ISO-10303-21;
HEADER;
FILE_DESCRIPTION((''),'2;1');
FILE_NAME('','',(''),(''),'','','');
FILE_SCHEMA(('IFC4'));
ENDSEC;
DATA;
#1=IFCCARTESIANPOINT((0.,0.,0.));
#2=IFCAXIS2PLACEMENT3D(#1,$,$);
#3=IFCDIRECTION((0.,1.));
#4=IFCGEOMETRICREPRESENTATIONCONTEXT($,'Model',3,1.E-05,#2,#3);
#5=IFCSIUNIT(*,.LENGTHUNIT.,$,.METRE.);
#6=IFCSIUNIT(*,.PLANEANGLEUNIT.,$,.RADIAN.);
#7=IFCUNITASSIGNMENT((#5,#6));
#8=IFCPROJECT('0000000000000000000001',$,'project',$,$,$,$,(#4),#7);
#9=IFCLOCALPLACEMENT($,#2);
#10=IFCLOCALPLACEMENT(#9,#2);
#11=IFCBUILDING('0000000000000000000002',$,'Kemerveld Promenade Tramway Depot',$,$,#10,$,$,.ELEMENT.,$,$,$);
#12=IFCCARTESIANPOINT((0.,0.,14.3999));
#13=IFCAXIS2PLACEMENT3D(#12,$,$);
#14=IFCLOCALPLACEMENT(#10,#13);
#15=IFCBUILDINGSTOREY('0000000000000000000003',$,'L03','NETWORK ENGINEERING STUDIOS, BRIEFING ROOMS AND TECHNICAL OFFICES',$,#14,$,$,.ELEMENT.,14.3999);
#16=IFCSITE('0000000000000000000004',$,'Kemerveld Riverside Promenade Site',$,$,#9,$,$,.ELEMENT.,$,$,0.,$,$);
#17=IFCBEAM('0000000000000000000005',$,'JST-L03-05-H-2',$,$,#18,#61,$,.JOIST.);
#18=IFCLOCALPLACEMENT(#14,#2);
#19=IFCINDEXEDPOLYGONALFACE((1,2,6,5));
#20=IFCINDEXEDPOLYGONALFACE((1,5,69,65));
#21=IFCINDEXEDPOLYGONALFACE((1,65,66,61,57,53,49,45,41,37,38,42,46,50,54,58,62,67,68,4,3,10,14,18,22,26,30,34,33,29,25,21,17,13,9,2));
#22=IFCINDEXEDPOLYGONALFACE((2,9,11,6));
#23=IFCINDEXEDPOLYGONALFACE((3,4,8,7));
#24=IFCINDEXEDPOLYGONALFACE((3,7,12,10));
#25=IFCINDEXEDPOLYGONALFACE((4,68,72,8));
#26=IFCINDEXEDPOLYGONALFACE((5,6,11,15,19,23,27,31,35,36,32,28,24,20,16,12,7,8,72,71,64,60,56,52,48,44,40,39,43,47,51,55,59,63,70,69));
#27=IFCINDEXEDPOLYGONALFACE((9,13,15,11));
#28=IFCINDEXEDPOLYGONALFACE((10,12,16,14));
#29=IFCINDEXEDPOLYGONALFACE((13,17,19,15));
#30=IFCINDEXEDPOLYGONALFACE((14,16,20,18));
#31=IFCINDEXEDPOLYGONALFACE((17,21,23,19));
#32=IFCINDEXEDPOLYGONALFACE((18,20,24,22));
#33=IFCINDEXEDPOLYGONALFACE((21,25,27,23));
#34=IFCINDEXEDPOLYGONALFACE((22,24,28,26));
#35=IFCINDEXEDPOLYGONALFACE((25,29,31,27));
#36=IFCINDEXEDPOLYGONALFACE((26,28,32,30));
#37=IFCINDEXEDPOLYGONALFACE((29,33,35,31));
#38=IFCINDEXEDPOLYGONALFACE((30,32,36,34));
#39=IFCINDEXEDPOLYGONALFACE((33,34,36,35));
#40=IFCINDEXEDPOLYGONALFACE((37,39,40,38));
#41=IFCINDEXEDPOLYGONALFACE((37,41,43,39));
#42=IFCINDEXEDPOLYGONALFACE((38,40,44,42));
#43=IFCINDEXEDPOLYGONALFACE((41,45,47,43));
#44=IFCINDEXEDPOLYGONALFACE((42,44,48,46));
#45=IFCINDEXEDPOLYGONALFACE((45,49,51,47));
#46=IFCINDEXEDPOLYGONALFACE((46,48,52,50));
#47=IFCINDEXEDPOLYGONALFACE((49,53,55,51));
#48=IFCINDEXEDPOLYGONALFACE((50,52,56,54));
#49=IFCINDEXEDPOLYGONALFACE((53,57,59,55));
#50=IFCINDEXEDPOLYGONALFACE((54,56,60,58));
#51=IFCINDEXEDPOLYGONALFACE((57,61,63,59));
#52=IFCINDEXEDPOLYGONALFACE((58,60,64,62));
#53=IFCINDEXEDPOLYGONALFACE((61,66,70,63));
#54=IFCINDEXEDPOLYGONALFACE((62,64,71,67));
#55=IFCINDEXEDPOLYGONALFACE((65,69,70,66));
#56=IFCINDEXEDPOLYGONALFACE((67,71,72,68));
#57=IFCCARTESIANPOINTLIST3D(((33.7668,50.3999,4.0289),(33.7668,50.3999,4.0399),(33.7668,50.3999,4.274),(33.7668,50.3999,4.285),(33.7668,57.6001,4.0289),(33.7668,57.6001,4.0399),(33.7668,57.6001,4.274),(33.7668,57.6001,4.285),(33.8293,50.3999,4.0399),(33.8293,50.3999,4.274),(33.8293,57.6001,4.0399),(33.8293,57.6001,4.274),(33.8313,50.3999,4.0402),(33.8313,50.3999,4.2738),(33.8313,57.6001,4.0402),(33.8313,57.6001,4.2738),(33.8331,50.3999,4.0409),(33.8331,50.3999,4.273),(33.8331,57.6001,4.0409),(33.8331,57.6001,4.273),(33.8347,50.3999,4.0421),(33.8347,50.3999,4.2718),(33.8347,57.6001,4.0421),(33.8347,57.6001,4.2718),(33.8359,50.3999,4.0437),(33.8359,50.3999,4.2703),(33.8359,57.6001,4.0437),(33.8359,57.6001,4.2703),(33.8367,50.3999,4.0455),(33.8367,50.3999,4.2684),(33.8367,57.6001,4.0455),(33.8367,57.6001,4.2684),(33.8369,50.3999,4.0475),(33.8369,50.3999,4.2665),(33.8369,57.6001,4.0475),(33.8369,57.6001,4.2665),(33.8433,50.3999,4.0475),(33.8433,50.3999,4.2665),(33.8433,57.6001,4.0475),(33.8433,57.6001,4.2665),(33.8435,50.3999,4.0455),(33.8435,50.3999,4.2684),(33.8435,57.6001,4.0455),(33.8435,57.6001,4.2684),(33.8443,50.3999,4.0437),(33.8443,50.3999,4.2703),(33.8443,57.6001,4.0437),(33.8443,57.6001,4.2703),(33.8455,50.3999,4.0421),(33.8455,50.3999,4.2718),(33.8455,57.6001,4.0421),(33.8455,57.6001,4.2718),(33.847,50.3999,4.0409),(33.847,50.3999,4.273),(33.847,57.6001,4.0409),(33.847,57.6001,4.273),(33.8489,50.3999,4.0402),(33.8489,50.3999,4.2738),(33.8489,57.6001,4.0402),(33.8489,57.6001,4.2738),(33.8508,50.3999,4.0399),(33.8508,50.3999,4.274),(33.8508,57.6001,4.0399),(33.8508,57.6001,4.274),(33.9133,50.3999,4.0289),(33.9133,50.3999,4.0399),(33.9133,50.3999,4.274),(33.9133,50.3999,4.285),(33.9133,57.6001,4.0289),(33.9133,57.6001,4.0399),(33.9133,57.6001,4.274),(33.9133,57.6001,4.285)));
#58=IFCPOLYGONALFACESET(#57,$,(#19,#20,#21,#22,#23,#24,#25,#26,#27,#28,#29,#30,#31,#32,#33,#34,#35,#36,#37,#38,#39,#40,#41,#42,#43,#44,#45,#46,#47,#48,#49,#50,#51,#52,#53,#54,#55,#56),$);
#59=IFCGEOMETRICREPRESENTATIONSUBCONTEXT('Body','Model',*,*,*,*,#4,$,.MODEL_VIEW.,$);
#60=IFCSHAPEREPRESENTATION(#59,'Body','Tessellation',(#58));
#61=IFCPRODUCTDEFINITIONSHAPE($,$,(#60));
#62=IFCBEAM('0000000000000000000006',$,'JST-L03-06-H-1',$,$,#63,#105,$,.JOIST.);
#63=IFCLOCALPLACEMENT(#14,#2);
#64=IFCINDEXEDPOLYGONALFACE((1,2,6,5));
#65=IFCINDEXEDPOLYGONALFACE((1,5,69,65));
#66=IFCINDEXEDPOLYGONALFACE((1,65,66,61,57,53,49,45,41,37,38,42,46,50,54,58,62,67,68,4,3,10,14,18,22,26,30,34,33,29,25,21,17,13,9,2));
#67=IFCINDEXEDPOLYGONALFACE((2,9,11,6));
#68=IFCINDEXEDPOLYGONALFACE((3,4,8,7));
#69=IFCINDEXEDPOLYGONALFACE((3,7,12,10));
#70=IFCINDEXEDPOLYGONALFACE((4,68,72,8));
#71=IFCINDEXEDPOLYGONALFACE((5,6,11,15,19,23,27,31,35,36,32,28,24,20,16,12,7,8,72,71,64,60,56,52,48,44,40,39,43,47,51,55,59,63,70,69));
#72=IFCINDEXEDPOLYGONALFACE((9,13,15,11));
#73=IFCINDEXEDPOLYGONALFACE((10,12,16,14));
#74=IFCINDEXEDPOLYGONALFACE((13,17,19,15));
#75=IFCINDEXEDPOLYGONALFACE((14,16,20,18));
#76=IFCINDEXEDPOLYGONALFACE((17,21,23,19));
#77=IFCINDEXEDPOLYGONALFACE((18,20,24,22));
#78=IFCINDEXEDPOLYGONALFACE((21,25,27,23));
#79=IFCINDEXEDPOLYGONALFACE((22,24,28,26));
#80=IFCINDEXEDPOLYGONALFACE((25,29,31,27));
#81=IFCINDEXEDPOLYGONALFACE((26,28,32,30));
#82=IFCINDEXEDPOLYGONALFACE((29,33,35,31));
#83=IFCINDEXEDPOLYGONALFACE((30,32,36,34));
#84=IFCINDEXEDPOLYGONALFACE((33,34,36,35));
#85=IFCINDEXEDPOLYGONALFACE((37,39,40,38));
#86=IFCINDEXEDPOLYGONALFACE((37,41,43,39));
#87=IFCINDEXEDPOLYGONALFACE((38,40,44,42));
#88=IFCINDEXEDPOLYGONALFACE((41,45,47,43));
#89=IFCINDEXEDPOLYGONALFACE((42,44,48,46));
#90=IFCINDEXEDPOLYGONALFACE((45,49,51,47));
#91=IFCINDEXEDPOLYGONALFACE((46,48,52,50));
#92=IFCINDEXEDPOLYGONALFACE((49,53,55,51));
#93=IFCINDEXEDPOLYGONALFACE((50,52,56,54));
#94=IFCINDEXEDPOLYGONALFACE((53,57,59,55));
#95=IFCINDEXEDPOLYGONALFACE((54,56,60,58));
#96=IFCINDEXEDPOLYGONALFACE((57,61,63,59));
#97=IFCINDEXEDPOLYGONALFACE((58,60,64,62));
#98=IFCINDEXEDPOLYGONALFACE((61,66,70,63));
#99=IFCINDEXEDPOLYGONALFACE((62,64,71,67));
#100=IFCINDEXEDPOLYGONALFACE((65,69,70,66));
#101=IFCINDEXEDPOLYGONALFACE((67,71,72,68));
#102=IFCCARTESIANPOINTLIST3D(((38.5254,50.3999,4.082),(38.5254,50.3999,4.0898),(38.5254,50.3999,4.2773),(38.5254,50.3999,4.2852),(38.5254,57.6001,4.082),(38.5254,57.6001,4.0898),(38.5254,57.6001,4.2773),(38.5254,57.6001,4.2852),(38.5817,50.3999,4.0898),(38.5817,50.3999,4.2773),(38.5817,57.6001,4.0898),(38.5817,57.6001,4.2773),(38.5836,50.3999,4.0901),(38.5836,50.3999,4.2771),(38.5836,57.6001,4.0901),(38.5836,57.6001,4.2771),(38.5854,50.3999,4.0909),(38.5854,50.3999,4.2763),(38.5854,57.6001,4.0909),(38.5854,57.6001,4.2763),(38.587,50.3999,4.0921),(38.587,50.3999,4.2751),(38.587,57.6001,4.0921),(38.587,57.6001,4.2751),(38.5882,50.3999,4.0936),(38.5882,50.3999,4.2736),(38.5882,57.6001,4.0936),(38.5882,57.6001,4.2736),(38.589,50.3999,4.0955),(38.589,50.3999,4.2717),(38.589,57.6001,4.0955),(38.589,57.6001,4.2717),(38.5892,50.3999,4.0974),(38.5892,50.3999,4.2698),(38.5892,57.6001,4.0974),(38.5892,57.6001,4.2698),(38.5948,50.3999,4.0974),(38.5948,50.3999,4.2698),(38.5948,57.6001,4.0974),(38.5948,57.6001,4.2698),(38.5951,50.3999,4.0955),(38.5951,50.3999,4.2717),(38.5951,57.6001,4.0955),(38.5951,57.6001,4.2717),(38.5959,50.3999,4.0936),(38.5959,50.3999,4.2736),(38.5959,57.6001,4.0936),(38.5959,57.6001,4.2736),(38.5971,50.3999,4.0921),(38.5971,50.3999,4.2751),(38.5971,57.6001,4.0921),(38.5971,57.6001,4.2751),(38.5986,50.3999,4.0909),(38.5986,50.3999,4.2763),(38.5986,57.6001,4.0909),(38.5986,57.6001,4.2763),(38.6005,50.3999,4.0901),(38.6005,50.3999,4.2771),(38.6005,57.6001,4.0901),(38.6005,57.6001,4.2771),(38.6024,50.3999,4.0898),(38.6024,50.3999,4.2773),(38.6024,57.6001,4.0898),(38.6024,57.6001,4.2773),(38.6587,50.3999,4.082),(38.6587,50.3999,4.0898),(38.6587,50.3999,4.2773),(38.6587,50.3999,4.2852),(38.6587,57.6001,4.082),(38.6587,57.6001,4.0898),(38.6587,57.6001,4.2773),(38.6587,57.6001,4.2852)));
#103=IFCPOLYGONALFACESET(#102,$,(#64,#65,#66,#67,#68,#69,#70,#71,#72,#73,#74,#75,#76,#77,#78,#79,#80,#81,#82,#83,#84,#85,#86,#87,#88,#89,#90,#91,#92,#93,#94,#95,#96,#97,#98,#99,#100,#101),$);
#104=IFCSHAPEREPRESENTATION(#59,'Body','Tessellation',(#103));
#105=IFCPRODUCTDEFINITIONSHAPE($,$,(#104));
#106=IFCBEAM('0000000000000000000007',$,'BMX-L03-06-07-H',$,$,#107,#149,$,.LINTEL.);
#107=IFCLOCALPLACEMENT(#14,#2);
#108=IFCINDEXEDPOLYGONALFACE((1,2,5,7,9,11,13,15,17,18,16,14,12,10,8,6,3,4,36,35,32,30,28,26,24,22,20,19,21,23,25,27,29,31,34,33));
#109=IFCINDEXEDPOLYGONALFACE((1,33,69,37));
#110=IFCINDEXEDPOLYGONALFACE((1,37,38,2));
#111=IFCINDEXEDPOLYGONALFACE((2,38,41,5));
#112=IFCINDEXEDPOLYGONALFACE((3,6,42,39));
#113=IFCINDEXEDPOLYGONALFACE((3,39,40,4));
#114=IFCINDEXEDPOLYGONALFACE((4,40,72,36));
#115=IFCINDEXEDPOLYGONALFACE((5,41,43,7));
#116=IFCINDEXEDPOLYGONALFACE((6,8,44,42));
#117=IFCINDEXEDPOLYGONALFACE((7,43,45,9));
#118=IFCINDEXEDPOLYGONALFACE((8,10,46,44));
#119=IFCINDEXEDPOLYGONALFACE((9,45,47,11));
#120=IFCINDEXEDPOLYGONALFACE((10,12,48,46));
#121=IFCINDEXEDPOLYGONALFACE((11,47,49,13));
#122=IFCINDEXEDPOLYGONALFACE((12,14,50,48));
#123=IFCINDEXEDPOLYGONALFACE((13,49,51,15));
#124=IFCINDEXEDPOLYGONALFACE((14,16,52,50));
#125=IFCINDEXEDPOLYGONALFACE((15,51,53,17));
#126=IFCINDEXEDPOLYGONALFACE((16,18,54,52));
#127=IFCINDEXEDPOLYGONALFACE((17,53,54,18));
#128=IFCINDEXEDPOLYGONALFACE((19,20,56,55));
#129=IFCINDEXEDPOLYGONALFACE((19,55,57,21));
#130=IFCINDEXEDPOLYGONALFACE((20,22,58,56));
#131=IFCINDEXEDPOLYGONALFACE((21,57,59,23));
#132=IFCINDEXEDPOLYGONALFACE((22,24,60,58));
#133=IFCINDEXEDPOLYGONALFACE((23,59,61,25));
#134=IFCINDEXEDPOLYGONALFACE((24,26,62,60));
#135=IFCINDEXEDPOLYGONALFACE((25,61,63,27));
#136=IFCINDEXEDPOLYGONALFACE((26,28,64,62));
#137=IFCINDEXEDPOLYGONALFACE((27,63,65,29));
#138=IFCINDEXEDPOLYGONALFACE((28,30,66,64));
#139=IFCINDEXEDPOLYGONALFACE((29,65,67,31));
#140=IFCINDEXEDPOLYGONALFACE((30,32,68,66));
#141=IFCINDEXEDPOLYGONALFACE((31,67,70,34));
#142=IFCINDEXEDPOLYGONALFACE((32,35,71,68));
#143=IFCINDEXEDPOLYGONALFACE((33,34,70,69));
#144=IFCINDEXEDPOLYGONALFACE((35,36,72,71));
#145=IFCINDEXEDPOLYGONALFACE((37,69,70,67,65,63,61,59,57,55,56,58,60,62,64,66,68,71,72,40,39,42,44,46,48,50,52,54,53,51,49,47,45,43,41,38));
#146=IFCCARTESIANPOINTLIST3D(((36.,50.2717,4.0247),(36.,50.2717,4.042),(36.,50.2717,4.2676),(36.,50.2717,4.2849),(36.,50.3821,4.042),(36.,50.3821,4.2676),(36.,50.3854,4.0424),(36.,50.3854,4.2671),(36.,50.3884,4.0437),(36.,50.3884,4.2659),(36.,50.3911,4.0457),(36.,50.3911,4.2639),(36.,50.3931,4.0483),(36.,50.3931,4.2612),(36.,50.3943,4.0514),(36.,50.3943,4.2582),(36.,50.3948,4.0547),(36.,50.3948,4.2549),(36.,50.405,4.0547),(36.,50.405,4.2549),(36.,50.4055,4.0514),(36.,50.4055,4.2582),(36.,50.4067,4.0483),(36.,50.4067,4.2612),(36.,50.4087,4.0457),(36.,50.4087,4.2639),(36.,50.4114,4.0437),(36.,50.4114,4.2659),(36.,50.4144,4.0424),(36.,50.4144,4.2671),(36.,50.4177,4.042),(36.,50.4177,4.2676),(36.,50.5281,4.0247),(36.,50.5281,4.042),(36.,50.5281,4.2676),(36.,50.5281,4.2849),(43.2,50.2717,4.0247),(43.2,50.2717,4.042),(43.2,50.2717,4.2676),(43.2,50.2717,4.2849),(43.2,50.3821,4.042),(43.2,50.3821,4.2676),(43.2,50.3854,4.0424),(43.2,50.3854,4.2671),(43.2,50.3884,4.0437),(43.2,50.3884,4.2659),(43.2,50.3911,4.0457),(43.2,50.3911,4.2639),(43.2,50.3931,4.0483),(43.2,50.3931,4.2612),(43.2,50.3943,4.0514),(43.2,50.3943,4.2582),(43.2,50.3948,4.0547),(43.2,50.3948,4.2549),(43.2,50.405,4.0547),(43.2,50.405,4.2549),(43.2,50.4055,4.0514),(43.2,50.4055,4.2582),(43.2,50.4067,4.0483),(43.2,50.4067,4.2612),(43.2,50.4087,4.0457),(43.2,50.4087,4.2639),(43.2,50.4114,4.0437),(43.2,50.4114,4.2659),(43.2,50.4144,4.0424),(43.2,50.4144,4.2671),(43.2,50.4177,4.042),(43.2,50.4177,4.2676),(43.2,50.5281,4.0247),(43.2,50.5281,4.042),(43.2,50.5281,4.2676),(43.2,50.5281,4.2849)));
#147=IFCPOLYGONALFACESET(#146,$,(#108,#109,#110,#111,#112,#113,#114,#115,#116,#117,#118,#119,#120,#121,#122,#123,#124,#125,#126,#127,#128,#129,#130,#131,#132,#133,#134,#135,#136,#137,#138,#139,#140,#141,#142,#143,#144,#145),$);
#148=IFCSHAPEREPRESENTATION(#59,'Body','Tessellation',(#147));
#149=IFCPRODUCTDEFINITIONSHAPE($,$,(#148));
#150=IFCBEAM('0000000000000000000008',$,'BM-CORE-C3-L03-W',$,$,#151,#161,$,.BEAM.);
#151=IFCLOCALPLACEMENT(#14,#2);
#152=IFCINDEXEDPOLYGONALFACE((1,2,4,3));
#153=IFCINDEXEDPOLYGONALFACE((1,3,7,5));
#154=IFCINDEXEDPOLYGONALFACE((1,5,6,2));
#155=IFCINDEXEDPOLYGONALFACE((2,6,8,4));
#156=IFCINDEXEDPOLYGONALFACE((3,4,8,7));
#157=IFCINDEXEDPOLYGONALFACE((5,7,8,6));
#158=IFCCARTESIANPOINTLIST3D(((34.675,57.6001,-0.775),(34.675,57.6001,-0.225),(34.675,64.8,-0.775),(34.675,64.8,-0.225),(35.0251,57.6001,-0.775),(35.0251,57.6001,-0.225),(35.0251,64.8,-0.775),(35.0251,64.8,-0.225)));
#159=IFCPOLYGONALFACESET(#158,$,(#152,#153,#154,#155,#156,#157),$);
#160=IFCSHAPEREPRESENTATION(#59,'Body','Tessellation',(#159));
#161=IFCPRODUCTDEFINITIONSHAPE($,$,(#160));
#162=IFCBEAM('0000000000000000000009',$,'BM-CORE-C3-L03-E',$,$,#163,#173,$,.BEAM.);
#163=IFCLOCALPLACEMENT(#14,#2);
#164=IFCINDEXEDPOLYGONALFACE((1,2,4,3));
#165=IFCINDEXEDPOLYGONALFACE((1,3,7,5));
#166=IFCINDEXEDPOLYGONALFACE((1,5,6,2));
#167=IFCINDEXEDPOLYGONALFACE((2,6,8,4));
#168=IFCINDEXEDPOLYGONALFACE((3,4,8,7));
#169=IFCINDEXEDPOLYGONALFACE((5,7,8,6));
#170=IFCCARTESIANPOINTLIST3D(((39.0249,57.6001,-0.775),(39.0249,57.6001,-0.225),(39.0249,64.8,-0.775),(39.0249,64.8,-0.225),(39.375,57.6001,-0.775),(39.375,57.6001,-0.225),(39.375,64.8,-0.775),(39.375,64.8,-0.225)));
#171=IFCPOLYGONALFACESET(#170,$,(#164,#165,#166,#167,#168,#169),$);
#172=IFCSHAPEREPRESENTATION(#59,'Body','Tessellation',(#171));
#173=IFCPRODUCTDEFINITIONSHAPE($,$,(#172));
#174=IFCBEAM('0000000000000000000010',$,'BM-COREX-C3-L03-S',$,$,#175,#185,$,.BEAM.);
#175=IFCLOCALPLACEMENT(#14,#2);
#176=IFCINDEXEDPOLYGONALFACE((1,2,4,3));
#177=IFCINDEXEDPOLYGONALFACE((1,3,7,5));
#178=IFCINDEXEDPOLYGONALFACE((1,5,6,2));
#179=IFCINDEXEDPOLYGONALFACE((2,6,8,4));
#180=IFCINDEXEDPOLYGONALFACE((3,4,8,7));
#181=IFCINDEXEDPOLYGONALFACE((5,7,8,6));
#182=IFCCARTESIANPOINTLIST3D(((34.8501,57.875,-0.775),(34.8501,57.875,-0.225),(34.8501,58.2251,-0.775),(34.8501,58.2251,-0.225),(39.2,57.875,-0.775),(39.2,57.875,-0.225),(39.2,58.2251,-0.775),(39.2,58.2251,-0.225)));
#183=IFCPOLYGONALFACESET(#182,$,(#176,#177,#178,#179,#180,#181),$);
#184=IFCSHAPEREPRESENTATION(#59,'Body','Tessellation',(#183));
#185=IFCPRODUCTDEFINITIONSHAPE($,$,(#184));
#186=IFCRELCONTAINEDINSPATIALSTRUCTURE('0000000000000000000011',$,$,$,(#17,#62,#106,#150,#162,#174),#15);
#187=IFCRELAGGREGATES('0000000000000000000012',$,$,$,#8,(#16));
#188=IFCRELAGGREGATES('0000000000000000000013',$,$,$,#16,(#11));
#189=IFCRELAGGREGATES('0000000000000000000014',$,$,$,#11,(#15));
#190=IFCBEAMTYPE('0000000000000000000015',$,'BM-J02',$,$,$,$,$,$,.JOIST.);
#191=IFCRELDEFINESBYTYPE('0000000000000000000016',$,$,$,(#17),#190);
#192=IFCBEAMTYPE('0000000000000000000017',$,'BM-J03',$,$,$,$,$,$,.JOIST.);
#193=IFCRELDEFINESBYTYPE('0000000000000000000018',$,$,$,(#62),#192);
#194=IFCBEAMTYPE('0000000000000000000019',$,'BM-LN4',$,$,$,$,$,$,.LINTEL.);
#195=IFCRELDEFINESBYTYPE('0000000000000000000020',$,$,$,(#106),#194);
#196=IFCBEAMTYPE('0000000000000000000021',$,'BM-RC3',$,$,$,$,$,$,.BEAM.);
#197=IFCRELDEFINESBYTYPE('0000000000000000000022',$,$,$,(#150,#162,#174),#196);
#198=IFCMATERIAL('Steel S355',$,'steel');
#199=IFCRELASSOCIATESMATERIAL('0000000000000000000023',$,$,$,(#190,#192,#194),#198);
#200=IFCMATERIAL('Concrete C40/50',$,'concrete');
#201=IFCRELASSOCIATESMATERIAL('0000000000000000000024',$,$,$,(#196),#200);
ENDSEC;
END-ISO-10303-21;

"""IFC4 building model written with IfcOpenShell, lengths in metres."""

from ifc_helpers import new_model, si_unit, direction, frame, origin, origin_2d, place, context, subcontext, project, spatial, rectangle, i_section, extrude, material, material_profile, profile_set, type_object, element, save


model = new_model("IFC4")

# Units and contexts
model_context = context("Model", 3, precision=1e-05, world=origin(), true_north=direction((0.0, 1.0)))
body_context = subcontext(model_context, "Body", "Model", "MODEL_VIEW")
ifc_project = project(units=[si_unit("LENGTHUNIT", "METRE"), si_unit("PLANEANGLEUNIT", "RADIAN")], contexts=[model_context])

# Site, building, storey
site_placement = place(None, origin())
site = spatial("IfcSite", under=ifc_project, at=site_placement, Name="Kemerveld Riverside Promenade Site", CompositionType="ELEMENT", RefElevation=0.0)
building_placement = place(site_placement, origin())
building = spatial("IfcBuilding", under=site, at=building_placement, Name="Kemerveld Promenade Tramway Depot", CompositionType="ELEMENT")
storey_placement = place(building_placement, frame((0.0, 0.0, 14.3999)))
storey = spatial("IfcBuildingStorey", under=building, at=storey_placement, Name="L03", Description="NETWORK ENGINEERING STUDIOS, BRIEFING ROOMS AND TECHNICAL OFFICES", CompositionType="ELEMENT", Elevation=14.3999)

# Shared definitions
ifc_material_1 = material(Name="Steel S355", Category="steel")

# Beams
ifc_material_profile_1 = material_profile(ifc_material_1, i_section(OverallWidth=0.1465, OverallDepth=0.2561, WebThickness=0.0063, FlangeThickness=0.011, FilletRadius=0.0076, at=origin_2d()), Name="254x146x37 UB")
ifc_profile_set_1 = profile_set([ifc_material_profile_1], Name="Steel S355")
beam_type_1 = type_object("IfcBeamType", Name="BM-J02", PredefinedType="JOIST", material=ifc_profile_set_1)
for number, where, z_axis, x_axis, name in (
    (1, (33.8401, 50.3999, 4.157), (0.0, 1.0, 0.0), (-1.0, 0.0, 0.0), "JST-L03-05-H-2"),
):
    element("IfcBeam", number, at=place(storey_placement, frame(where, z_axis=z_axis, x_axis=x_axis)), inside=storey, type_object=beam_type_1, Name=name, PredefinedType="JOIST", context=body_context, shape_type="SweptSolid", body=[
        extrude(i_section(OverallWidth=0.1465, OverallDepth=0.2561, WebThickness=0.0063, FlangeThickness=0.011, FilletRadius=0.0076, at=origin_2d()), origin(), (0.0, 0.0, 1.0), 7.2002),
    ])
ifc_material_profile_2 = material_profile(ifc_material_1, i_section(OverallWidth=0.1333, OverallDepth=0.2031, WebThickness=0.0056, FlangeThickness=0.0078, FilletRadius=0.0076, at=origin_2d()), Name="203x133x25 UB")
ifc_profile_set_2 = profile_set([ifc_material_profile_2], Name="Steel S355")
beam_type_2 = type_object("IfcBeamType", Name="BM-J03", PredefinedType="JOIST", material=ifc_profile_set_2)
beam_1_placement = place(storey_placement, frame((38.592, 50.3999, 4.1836), z_axis=(0.0, 1.0, 0.0), x_axis=(-1.0, 0.0, 0.0)))
element("IfcBeam", 2, at=beam_1_placement, inside=storey, type_object=beam_type_2, Name="JST-L03-06-H-1", PredefinedType="JOIST", context=body_context, shape_type="SweptSolid", body=[
    extrude(i_section(OverallWidth=0.1333, OverallDepth=0.2031, WebThickness=0.0056, FlangeThickness=0.0078, FilletRadius=0.0076, at=origin_2d()), origin(), (0.0, 0.0, 1.0), 7.2002),
])
ifc_material_profile_3 = material_profile(ifc_material_1, i_section(OverallWidth=0.2563, OverallDepth=0.2603, WebThickness=0.0103, FlangeThickness=0.0173, FilletRadius=0.0127, at=origin_2d()), Name="254x254x89 UC")
ifc_profile_set_3 = profile_set([ifc_material_profile_3], Name="Steel S355")
beam_type_3 = type_object("IfcBeamType", Name="BM-LN4", PredefinedType="LINTEL", material=ifc_profile_set_3)
beam_2_placement = place(storey_placement, frame((36.0, 50.3999, 4.1548), z_axis=(1.0, 0.0, 0.0), x_axis=(0.0, 1.0, 0.0)))
element("IfcBeam", 3, at=beam_2_placement, inside=storey, type_object=beam_type_3, Name="BMX-L03-06-07-H", PredefinedType="LINTEL", context=body_context, shape_type="SweptSolid", body=[
    extrude(i_section(OverallWidth=0.2563, OverallDepth=0.2603, WebThickness=0.0103, FlangeThickness=0.0173, FilletRadius=0.0127, at=origin_2d()), origin(), (0.0, 0.0, 1.0), 7.2),
])
ifc_material_2 = material(Name="Concrete C40/50", Category="concrete")
ifc_material_profile_4 = material_profile(ifc_material_2, rectangle(XDim=0.3501, YDim=0.55, at=origin_2d()), Name="RC-BM-350x550")
ifc_profile_set_4 = profile_set([ifc_material_profile_4], Name="Concrete C40/50")
beam_type_4 = type_object("IfcBeamType", Name="BM-RC3", PredefinedType="BEAM", material=ifc_profile_set_4)
for number, where, z_axis, x_axis, name in (
    (4, (34.8501, 57.6001, -0.5), (0.0, 1.0, 0.0), (-1.0, 0.0, 0.0), "BM-CORE-C3-L03-W"),
    (5, (39.2, 57.6001, -0.5), (0.0, 1.0, 0.0), (-1.0, 0.0, 0.0), "BM-CORE-C3-L03-E"),
):
    element("IfcBeam", number, at=place(storey_placement, frame(where, z_axis=z_axis, x_axis=x_axis)), inside=storey, type_object=beam_type_4, Name=name, PredefinedType="BEAM", context=body_context, shape_type="SweptSolid", body=[
        extrude(rectangle(XDim=0.3501, YDim=0.55, at=origin_2d()), origin(), (0.0, 0.0, 1.0), 7.2),
    ])
for number, where, z_axis, x_axis, name in (
    (6, (34.8501, 58.05, -0.5), (1.0, 0.0, 0.0), (0.0, 1.0, 0.0), "BM-COREX-C3-L03-S"),
):
    element("IfcBeam", number, at=place(storey_placement, frame(where, z_axis=z_axis, x_axis=x_axis)), inside=storey, type_object=beam_type_4, Name=name, PredefinedType="BEAM", context=body_context, shape_type="SweptSolid", body=[
        extrude(rectangle(XDim=0.3501, YDim=0.55, at=origin_2d()), origin(), (0.0, 0.0, 1.0), 4.3499),
    ])

save(model, "model.ifc")
